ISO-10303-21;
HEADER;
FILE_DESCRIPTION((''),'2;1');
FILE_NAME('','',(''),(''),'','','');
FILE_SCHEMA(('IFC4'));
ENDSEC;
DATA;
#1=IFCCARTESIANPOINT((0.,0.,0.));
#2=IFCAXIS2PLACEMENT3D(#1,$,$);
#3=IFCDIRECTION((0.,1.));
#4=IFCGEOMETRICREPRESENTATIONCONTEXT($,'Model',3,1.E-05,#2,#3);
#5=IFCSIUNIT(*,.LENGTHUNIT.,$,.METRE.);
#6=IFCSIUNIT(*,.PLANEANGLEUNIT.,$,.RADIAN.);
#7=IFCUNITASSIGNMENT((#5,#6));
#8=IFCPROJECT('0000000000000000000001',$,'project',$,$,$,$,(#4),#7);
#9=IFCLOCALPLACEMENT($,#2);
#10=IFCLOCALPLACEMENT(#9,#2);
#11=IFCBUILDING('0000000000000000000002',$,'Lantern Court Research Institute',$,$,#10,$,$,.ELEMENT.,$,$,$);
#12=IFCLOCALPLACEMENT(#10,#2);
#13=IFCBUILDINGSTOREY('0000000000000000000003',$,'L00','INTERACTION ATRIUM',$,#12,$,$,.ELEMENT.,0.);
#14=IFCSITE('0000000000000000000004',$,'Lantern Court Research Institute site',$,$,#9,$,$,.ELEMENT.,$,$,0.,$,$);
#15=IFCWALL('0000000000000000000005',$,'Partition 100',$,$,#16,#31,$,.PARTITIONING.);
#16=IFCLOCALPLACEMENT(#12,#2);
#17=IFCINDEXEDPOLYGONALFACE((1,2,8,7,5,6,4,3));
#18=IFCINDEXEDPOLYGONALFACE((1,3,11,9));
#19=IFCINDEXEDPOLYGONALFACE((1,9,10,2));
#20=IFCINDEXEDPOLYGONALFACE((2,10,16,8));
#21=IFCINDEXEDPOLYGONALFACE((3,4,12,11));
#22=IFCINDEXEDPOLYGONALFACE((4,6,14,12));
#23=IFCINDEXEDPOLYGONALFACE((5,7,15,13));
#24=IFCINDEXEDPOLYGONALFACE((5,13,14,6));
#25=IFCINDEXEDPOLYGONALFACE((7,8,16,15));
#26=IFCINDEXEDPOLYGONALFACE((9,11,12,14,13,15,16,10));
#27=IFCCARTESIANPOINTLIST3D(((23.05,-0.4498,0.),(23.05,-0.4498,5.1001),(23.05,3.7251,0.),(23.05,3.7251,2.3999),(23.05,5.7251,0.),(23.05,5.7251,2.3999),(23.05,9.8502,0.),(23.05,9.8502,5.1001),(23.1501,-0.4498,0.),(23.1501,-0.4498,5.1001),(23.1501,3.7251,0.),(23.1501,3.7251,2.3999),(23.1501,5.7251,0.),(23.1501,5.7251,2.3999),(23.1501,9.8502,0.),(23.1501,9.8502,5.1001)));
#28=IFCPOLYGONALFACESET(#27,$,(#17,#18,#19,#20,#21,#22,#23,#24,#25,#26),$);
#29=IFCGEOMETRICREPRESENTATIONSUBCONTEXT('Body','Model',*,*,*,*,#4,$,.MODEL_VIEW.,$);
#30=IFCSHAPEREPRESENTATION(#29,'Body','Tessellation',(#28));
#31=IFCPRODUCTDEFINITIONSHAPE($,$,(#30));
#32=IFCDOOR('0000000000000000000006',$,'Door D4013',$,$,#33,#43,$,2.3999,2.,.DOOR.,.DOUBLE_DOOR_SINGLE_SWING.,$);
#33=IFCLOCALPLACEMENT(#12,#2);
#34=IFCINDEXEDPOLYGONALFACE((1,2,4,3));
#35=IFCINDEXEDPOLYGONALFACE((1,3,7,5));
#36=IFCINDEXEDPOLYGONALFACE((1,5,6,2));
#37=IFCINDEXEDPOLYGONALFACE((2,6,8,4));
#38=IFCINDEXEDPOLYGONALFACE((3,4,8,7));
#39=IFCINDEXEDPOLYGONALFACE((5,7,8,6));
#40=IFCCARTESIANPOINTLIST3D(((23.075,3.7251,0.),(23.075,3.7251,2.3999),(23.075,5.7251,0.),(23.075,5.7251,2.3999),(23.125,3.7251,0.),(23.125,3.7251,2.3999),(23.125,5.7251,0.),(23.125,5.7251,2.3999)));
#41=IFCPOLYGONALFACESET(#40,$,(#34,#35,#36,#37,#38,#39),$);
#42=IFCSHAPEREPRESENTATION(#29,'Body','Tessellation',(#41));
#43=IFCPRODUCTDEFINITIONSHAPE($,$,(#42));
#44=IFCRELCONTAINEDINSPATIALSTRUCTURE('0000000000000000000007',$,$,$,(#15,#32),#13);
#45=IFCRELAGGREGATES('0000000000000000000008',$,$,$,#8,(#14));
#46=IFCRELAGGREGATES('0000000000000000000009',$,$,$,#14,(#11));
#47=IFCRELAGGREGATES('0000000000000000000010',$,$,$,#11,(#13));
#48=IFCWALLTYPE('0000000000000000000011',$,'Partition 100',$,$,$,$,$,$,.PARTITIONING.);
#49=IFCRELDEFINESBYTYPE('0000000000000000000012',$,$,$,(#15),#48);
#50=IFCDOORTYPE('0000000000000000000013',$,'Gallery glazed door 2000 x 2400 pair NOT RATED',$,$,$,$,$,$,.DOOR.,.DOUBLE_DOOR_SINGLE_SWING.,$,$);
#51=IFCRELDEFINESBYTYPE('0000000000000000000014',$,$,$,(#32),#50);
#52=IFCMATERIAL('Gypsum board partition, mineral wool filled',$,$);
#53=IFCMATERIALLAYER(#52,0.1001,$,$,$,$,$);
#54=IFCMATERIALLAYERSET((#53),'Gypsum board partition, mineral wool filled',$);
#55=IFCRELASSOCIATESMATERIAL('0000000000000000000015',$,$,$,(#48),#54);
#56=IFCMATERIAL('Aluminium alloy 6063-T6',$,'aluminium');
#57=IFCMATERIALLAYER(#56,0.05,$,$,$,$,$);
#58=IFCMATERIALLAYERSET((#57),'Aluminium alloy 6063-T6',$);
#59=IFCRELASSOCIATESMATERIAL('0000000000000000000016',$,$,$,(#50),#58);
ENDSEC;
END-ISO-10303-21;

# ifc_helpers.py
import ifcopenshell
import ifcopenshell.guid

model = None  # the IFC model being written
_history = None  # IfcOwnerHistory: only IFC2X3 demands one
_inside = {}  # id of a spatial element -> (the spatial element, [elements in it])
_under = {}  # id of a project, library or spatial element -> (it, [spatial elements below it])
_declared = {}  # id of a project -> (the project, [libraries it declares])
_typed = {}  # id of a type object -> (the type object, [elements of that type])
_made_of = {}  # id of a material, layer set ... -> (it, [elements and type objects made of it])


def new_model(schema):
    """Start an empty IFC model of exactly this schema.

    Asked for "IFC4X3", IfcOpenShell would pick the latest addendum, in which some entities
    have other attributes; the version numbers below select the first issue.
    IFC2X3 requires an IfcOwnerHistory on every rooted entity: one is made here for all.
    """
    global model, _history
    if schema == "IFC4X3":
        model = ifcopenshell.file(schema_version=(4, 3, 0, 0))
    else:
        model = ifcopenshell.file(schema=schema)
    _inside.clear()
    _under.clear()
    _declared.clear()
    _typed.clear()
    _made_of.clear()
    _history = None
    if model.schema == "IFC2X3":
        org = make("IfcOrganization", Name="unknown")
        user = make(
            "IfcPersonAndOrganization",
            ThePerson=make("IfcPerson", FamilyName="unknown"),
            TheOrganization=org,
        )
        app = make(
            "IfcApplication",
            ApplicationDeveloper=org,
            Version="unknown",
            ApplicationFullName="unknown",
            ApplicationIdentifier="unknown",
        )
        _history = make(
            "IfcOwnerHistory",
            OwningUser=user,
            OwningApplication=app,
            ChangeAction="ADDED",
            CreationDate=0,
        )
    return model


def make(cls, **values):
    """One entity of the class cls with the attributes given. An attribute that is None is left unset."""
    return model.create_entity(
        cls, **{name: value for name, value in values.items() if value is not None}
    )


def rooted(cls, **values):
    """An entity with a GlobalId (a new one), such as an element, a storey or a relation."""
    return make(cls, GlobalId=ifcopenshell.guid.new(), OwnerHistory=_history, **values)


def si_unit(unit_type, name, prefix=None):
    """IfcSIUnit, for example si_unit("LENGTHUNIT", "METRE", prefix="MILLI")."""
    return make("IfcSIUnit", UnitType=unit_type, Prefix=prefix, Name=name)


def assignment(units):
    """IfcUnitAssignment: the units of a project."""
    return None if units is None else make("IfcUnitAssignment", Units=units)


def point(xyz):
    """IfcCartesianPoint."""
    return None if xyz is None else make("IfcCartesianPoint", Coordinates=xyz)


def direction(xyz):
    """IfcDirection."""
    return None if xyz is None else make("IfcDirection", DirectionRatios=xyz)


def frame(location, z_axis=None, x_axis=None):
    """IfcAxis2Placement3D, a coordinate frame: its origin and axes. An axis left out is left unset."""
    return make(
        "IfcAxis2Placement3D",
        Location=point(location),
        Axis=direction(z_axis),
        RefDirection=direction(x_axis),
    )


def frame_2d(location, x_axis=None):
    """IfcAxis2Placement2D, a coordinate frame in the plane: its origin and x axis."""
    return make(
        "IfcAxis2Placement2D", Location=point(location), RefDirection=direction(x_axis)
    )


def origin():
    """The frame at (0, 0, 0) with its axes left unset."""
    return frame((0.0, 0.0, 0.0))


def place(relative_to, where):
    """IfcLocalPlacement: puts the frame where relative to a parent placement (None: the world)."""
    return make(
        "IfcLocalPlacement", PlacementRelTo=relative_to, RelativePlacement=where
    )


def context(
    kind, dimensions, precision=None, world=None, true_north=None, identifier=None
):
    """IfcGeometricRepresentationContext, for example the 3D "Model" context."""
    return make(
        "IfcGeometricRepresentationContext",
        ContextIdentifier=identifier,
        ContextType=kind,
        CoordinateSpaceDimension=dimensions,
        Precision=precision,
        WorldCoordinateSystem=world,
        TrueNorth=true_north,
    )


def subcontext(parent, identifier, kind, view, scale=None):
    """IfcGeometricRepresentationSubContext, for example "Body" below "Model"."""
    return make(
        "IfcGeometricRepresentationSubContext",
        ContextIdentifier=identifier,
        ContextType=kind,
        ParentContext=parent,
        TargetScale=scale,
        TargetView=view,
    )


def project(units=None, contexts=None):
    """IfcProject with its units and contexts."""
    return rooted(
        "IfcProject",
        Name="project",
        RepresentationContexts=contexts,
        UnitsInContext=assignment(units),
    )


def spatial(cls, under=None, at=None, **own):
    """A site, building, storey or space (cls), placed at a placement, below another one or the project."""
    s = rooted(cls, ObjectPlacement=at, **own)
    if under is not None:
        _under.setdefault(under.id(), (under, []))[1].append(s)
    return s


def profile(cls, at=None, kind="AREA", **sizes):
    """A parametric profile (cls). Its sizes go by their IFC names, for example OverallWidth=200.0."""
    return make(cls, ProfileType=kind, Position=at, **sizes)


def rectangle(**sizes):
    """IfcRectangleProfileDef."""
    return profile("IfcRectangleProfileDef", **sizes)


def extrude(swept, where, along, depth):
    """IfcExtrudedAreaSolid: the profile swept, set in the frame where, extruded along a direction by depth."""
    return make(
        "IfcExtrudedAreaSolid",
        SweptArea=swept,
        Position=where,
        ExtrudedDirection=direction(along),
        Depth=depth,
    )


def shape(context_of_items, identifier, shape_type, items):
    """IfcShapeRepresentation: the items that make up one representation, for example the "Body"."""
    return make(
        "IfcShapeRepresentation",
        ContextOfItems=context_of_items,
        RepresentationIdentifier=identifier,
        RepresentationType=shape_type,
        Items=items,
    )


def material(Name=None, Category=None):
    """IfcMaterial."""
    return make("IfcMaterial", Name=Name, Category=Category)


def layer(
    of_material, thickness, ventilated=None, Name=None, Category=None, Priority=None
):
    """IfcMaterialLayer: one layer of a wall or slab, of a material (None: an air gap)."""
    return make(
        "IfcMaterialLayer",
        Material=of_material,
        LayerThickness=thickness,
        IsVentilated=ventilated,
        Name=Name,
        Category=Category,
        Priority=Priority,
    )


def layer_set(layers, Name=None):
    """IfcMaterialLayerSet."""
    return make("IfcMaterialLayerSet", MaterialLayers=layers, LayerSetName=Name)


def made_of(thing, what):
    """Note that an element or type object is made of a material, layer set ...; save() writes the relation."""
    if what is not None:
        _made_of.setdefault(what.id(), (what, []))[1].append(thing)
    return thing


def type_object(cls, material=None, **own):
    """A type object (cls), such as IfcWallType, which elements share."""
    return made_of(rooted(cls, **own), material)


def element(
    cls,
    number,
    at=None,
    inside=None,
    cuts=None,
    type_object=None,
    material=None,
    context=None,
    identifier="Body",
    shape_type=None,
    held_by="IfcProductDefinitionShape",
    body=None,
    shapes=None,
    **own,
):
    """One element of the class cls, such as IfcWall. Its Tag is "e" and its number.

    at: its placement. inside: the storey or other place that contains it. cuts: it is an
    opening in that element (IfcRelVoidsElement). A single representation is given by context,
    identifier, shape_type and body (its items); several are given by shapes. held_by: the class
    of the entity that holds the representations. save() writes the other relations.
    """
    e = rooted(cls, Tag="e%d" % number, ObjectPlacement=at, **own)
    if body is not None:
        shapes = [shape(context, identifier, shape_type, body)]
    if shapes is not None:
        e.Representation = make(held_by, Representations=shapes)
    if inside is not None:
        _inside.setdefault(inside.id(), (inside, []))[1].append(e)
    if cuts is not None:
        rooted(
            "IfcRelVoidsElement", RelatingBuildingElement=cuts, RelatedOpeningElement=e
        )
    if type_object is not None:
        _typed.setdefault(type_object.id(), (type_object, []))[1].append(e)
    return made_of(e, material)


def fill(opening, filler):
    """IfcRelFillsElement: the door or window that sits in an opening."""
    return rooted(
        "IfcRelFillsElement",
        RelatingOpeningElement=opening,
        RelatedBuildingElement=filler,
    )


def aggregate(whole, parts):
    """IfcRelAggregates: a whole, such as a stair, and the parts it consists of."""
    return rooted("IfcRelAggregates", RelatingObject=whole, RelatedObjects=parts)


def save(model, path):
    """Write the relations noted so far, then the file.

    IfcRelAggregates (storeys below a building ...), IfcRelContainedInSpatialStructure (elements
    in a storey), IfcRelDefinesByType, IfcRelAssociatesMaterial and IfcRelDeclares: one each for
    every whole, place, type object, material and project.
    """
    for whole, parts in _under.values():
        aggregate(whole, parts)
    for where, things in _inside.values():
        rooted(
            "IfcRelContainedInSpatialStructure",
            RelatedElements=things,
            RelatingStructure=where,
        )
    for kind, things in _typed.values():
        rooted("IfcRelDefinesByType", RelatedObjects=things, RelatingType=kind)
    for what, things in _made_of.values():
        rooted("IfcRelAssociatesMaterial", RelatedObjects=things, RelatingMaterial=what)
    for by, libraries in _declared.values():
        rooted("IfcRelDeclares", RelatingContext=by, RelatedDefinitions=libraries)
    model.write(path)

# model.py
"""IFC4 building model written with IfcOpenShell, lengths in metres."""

from ifc_helpers import new_model, si_unit, direction, frame, frame_2d, origin, place, context, subcontext, project, spatial, rectangle, extrude, material, layer, layer_set, type_object, element, fill, save


model = new_model("IFC4")

# Units and contexts
model_context = context("Model", 3, precision=1e-05, world=origin(), true_north=direction((0.0, 1.0)))
body_context = subcontext(model_context, "Body", "Model", "MODEL_VIEW")
ifc_project = project(units=[si_unit("LENGTHUNIT", "METRE"), si_unit("PLANEANGLEUNIT", "RADIAN")], contexts=[model_context])

# Site, building, storey
site_placement = place(None, origin())
site = spatial("IfcSite", under=ifc_project, at=site_placement, Name="Lantern Court Research Institute site", CompositionType="ELEMENT", RefElevation=0.0)
building_placement = place(site_placement, origin())
building = spatial("IfcBuilding", under=site, at=building_placement, Name="Lantern Court Research Institute", CompositionType="ELEMENT")
storey_placement = place(building_placement, origin())
storey = spatial("IfcBuildingStorey", under=building, at=storey_placement, Name="L00", Description="INTERACTION ATRIUM", CompositionType="ELEMENT", Elevation=0.0)

# Shared definitions
ifc_material_1 = material(Name="Gypsum board partition, mineral wool filled")
ifc_layer_1 = layer(ifc_material_1, 0.1001)
ifc_layer_set_1 = layer_set([ifc_layer_1], Name="Gypsum board partition, mineral wool filled")
wall_type_1 = type_object("IfcWallType", Name="Partition 100", PredefinedType="PARTITIONING", material=ifc_layer_set_1)

# Wall, opening, door
wall_1_placement = place(storey_placement, frame((23.1001, 9.8501, 0.0), z_axis=(0.0, 0.0, 1.0), x_axis=(0.0, -1.0, 0.0)))
wall_1 = element("IfcWall", 1, at=wall_1_placement, inside=storey, type_object=wall_type_1, Name="Partition 100", PredefinedType="PARTITIONING", context=body_context, shape_type="SweptSolid", body=[
    extrude(rectangle(XDim=10.3, YDim=0.1001, at=frame_2d((5.1499, 0.0))), origin(), (0.0, 0.0, 1.0), 5.1001),
])
opening_1_placement = place(wall_1_placement, frame((4.125, 0.0, 0.0)))
opening_1 = element("IfcOpeningElement", 2, at=opening_1_placement, cuts=wall_1, PredefinedType="OPENING", context=body_context, shape_type="SweptSolid", body=[
    extrude(rectangle(XDim=2.0, YDim=2.3999, at=frame_2d((1.0, 1.2))), frame((0.0, 0.0601, 0.0), z_axis=(0.0, -1.0, 0.0), x_axis=(1.0, 0.0, 0.0)), (0.0, 0.0, 1.0), 0.1201),
])
ifc_material_2 = material(Name="Aluminium alloy 6063-T6", Category="aluminium")
ifc_layer_2 = layer(ifc_material_2, 0.05)
ifc_layer_set_2 = layer_set([ifc_layer_2], Name="Aluminium alloy 6063-T6")
door_type_1 = type_object("IfcDoorType", Name="Gallery glazed door 2000 x 2400 pair NOT RATED", OperationType="DOUBLE_DOOR_SINGLE_SWING", PredefinedType="DOOR", material=ifc_layer_set_2)
door_1_placement = place(opening_1_placement, origin())
door_1 = element("IfcDoor", 3, at=door_1_placement, inside=storey, type_object=door_type_1, Name="Door D4013", OperationType="DOUBLE_DOOR_SINGLE_SWING", OverallHeight=2.3999, OverallWidth=2.0, PredefinedType="DOOR", context=body_context, shape_type="SweptSolid", body=[
    extrude(rectangle(XDim=2.0, YDim=2.3999, at=frame_2d((1.0, 1.2))), frame((0.0, 0.0249, 0.0), z_axis=(0.0, -1.0, 0.0), x_axis=(1.0, 0.0, 0.0)), (0.0, 0.0, 1.0), 0.05),
])
fill(opening_1, door_1)

save(model, "model.ifc")
